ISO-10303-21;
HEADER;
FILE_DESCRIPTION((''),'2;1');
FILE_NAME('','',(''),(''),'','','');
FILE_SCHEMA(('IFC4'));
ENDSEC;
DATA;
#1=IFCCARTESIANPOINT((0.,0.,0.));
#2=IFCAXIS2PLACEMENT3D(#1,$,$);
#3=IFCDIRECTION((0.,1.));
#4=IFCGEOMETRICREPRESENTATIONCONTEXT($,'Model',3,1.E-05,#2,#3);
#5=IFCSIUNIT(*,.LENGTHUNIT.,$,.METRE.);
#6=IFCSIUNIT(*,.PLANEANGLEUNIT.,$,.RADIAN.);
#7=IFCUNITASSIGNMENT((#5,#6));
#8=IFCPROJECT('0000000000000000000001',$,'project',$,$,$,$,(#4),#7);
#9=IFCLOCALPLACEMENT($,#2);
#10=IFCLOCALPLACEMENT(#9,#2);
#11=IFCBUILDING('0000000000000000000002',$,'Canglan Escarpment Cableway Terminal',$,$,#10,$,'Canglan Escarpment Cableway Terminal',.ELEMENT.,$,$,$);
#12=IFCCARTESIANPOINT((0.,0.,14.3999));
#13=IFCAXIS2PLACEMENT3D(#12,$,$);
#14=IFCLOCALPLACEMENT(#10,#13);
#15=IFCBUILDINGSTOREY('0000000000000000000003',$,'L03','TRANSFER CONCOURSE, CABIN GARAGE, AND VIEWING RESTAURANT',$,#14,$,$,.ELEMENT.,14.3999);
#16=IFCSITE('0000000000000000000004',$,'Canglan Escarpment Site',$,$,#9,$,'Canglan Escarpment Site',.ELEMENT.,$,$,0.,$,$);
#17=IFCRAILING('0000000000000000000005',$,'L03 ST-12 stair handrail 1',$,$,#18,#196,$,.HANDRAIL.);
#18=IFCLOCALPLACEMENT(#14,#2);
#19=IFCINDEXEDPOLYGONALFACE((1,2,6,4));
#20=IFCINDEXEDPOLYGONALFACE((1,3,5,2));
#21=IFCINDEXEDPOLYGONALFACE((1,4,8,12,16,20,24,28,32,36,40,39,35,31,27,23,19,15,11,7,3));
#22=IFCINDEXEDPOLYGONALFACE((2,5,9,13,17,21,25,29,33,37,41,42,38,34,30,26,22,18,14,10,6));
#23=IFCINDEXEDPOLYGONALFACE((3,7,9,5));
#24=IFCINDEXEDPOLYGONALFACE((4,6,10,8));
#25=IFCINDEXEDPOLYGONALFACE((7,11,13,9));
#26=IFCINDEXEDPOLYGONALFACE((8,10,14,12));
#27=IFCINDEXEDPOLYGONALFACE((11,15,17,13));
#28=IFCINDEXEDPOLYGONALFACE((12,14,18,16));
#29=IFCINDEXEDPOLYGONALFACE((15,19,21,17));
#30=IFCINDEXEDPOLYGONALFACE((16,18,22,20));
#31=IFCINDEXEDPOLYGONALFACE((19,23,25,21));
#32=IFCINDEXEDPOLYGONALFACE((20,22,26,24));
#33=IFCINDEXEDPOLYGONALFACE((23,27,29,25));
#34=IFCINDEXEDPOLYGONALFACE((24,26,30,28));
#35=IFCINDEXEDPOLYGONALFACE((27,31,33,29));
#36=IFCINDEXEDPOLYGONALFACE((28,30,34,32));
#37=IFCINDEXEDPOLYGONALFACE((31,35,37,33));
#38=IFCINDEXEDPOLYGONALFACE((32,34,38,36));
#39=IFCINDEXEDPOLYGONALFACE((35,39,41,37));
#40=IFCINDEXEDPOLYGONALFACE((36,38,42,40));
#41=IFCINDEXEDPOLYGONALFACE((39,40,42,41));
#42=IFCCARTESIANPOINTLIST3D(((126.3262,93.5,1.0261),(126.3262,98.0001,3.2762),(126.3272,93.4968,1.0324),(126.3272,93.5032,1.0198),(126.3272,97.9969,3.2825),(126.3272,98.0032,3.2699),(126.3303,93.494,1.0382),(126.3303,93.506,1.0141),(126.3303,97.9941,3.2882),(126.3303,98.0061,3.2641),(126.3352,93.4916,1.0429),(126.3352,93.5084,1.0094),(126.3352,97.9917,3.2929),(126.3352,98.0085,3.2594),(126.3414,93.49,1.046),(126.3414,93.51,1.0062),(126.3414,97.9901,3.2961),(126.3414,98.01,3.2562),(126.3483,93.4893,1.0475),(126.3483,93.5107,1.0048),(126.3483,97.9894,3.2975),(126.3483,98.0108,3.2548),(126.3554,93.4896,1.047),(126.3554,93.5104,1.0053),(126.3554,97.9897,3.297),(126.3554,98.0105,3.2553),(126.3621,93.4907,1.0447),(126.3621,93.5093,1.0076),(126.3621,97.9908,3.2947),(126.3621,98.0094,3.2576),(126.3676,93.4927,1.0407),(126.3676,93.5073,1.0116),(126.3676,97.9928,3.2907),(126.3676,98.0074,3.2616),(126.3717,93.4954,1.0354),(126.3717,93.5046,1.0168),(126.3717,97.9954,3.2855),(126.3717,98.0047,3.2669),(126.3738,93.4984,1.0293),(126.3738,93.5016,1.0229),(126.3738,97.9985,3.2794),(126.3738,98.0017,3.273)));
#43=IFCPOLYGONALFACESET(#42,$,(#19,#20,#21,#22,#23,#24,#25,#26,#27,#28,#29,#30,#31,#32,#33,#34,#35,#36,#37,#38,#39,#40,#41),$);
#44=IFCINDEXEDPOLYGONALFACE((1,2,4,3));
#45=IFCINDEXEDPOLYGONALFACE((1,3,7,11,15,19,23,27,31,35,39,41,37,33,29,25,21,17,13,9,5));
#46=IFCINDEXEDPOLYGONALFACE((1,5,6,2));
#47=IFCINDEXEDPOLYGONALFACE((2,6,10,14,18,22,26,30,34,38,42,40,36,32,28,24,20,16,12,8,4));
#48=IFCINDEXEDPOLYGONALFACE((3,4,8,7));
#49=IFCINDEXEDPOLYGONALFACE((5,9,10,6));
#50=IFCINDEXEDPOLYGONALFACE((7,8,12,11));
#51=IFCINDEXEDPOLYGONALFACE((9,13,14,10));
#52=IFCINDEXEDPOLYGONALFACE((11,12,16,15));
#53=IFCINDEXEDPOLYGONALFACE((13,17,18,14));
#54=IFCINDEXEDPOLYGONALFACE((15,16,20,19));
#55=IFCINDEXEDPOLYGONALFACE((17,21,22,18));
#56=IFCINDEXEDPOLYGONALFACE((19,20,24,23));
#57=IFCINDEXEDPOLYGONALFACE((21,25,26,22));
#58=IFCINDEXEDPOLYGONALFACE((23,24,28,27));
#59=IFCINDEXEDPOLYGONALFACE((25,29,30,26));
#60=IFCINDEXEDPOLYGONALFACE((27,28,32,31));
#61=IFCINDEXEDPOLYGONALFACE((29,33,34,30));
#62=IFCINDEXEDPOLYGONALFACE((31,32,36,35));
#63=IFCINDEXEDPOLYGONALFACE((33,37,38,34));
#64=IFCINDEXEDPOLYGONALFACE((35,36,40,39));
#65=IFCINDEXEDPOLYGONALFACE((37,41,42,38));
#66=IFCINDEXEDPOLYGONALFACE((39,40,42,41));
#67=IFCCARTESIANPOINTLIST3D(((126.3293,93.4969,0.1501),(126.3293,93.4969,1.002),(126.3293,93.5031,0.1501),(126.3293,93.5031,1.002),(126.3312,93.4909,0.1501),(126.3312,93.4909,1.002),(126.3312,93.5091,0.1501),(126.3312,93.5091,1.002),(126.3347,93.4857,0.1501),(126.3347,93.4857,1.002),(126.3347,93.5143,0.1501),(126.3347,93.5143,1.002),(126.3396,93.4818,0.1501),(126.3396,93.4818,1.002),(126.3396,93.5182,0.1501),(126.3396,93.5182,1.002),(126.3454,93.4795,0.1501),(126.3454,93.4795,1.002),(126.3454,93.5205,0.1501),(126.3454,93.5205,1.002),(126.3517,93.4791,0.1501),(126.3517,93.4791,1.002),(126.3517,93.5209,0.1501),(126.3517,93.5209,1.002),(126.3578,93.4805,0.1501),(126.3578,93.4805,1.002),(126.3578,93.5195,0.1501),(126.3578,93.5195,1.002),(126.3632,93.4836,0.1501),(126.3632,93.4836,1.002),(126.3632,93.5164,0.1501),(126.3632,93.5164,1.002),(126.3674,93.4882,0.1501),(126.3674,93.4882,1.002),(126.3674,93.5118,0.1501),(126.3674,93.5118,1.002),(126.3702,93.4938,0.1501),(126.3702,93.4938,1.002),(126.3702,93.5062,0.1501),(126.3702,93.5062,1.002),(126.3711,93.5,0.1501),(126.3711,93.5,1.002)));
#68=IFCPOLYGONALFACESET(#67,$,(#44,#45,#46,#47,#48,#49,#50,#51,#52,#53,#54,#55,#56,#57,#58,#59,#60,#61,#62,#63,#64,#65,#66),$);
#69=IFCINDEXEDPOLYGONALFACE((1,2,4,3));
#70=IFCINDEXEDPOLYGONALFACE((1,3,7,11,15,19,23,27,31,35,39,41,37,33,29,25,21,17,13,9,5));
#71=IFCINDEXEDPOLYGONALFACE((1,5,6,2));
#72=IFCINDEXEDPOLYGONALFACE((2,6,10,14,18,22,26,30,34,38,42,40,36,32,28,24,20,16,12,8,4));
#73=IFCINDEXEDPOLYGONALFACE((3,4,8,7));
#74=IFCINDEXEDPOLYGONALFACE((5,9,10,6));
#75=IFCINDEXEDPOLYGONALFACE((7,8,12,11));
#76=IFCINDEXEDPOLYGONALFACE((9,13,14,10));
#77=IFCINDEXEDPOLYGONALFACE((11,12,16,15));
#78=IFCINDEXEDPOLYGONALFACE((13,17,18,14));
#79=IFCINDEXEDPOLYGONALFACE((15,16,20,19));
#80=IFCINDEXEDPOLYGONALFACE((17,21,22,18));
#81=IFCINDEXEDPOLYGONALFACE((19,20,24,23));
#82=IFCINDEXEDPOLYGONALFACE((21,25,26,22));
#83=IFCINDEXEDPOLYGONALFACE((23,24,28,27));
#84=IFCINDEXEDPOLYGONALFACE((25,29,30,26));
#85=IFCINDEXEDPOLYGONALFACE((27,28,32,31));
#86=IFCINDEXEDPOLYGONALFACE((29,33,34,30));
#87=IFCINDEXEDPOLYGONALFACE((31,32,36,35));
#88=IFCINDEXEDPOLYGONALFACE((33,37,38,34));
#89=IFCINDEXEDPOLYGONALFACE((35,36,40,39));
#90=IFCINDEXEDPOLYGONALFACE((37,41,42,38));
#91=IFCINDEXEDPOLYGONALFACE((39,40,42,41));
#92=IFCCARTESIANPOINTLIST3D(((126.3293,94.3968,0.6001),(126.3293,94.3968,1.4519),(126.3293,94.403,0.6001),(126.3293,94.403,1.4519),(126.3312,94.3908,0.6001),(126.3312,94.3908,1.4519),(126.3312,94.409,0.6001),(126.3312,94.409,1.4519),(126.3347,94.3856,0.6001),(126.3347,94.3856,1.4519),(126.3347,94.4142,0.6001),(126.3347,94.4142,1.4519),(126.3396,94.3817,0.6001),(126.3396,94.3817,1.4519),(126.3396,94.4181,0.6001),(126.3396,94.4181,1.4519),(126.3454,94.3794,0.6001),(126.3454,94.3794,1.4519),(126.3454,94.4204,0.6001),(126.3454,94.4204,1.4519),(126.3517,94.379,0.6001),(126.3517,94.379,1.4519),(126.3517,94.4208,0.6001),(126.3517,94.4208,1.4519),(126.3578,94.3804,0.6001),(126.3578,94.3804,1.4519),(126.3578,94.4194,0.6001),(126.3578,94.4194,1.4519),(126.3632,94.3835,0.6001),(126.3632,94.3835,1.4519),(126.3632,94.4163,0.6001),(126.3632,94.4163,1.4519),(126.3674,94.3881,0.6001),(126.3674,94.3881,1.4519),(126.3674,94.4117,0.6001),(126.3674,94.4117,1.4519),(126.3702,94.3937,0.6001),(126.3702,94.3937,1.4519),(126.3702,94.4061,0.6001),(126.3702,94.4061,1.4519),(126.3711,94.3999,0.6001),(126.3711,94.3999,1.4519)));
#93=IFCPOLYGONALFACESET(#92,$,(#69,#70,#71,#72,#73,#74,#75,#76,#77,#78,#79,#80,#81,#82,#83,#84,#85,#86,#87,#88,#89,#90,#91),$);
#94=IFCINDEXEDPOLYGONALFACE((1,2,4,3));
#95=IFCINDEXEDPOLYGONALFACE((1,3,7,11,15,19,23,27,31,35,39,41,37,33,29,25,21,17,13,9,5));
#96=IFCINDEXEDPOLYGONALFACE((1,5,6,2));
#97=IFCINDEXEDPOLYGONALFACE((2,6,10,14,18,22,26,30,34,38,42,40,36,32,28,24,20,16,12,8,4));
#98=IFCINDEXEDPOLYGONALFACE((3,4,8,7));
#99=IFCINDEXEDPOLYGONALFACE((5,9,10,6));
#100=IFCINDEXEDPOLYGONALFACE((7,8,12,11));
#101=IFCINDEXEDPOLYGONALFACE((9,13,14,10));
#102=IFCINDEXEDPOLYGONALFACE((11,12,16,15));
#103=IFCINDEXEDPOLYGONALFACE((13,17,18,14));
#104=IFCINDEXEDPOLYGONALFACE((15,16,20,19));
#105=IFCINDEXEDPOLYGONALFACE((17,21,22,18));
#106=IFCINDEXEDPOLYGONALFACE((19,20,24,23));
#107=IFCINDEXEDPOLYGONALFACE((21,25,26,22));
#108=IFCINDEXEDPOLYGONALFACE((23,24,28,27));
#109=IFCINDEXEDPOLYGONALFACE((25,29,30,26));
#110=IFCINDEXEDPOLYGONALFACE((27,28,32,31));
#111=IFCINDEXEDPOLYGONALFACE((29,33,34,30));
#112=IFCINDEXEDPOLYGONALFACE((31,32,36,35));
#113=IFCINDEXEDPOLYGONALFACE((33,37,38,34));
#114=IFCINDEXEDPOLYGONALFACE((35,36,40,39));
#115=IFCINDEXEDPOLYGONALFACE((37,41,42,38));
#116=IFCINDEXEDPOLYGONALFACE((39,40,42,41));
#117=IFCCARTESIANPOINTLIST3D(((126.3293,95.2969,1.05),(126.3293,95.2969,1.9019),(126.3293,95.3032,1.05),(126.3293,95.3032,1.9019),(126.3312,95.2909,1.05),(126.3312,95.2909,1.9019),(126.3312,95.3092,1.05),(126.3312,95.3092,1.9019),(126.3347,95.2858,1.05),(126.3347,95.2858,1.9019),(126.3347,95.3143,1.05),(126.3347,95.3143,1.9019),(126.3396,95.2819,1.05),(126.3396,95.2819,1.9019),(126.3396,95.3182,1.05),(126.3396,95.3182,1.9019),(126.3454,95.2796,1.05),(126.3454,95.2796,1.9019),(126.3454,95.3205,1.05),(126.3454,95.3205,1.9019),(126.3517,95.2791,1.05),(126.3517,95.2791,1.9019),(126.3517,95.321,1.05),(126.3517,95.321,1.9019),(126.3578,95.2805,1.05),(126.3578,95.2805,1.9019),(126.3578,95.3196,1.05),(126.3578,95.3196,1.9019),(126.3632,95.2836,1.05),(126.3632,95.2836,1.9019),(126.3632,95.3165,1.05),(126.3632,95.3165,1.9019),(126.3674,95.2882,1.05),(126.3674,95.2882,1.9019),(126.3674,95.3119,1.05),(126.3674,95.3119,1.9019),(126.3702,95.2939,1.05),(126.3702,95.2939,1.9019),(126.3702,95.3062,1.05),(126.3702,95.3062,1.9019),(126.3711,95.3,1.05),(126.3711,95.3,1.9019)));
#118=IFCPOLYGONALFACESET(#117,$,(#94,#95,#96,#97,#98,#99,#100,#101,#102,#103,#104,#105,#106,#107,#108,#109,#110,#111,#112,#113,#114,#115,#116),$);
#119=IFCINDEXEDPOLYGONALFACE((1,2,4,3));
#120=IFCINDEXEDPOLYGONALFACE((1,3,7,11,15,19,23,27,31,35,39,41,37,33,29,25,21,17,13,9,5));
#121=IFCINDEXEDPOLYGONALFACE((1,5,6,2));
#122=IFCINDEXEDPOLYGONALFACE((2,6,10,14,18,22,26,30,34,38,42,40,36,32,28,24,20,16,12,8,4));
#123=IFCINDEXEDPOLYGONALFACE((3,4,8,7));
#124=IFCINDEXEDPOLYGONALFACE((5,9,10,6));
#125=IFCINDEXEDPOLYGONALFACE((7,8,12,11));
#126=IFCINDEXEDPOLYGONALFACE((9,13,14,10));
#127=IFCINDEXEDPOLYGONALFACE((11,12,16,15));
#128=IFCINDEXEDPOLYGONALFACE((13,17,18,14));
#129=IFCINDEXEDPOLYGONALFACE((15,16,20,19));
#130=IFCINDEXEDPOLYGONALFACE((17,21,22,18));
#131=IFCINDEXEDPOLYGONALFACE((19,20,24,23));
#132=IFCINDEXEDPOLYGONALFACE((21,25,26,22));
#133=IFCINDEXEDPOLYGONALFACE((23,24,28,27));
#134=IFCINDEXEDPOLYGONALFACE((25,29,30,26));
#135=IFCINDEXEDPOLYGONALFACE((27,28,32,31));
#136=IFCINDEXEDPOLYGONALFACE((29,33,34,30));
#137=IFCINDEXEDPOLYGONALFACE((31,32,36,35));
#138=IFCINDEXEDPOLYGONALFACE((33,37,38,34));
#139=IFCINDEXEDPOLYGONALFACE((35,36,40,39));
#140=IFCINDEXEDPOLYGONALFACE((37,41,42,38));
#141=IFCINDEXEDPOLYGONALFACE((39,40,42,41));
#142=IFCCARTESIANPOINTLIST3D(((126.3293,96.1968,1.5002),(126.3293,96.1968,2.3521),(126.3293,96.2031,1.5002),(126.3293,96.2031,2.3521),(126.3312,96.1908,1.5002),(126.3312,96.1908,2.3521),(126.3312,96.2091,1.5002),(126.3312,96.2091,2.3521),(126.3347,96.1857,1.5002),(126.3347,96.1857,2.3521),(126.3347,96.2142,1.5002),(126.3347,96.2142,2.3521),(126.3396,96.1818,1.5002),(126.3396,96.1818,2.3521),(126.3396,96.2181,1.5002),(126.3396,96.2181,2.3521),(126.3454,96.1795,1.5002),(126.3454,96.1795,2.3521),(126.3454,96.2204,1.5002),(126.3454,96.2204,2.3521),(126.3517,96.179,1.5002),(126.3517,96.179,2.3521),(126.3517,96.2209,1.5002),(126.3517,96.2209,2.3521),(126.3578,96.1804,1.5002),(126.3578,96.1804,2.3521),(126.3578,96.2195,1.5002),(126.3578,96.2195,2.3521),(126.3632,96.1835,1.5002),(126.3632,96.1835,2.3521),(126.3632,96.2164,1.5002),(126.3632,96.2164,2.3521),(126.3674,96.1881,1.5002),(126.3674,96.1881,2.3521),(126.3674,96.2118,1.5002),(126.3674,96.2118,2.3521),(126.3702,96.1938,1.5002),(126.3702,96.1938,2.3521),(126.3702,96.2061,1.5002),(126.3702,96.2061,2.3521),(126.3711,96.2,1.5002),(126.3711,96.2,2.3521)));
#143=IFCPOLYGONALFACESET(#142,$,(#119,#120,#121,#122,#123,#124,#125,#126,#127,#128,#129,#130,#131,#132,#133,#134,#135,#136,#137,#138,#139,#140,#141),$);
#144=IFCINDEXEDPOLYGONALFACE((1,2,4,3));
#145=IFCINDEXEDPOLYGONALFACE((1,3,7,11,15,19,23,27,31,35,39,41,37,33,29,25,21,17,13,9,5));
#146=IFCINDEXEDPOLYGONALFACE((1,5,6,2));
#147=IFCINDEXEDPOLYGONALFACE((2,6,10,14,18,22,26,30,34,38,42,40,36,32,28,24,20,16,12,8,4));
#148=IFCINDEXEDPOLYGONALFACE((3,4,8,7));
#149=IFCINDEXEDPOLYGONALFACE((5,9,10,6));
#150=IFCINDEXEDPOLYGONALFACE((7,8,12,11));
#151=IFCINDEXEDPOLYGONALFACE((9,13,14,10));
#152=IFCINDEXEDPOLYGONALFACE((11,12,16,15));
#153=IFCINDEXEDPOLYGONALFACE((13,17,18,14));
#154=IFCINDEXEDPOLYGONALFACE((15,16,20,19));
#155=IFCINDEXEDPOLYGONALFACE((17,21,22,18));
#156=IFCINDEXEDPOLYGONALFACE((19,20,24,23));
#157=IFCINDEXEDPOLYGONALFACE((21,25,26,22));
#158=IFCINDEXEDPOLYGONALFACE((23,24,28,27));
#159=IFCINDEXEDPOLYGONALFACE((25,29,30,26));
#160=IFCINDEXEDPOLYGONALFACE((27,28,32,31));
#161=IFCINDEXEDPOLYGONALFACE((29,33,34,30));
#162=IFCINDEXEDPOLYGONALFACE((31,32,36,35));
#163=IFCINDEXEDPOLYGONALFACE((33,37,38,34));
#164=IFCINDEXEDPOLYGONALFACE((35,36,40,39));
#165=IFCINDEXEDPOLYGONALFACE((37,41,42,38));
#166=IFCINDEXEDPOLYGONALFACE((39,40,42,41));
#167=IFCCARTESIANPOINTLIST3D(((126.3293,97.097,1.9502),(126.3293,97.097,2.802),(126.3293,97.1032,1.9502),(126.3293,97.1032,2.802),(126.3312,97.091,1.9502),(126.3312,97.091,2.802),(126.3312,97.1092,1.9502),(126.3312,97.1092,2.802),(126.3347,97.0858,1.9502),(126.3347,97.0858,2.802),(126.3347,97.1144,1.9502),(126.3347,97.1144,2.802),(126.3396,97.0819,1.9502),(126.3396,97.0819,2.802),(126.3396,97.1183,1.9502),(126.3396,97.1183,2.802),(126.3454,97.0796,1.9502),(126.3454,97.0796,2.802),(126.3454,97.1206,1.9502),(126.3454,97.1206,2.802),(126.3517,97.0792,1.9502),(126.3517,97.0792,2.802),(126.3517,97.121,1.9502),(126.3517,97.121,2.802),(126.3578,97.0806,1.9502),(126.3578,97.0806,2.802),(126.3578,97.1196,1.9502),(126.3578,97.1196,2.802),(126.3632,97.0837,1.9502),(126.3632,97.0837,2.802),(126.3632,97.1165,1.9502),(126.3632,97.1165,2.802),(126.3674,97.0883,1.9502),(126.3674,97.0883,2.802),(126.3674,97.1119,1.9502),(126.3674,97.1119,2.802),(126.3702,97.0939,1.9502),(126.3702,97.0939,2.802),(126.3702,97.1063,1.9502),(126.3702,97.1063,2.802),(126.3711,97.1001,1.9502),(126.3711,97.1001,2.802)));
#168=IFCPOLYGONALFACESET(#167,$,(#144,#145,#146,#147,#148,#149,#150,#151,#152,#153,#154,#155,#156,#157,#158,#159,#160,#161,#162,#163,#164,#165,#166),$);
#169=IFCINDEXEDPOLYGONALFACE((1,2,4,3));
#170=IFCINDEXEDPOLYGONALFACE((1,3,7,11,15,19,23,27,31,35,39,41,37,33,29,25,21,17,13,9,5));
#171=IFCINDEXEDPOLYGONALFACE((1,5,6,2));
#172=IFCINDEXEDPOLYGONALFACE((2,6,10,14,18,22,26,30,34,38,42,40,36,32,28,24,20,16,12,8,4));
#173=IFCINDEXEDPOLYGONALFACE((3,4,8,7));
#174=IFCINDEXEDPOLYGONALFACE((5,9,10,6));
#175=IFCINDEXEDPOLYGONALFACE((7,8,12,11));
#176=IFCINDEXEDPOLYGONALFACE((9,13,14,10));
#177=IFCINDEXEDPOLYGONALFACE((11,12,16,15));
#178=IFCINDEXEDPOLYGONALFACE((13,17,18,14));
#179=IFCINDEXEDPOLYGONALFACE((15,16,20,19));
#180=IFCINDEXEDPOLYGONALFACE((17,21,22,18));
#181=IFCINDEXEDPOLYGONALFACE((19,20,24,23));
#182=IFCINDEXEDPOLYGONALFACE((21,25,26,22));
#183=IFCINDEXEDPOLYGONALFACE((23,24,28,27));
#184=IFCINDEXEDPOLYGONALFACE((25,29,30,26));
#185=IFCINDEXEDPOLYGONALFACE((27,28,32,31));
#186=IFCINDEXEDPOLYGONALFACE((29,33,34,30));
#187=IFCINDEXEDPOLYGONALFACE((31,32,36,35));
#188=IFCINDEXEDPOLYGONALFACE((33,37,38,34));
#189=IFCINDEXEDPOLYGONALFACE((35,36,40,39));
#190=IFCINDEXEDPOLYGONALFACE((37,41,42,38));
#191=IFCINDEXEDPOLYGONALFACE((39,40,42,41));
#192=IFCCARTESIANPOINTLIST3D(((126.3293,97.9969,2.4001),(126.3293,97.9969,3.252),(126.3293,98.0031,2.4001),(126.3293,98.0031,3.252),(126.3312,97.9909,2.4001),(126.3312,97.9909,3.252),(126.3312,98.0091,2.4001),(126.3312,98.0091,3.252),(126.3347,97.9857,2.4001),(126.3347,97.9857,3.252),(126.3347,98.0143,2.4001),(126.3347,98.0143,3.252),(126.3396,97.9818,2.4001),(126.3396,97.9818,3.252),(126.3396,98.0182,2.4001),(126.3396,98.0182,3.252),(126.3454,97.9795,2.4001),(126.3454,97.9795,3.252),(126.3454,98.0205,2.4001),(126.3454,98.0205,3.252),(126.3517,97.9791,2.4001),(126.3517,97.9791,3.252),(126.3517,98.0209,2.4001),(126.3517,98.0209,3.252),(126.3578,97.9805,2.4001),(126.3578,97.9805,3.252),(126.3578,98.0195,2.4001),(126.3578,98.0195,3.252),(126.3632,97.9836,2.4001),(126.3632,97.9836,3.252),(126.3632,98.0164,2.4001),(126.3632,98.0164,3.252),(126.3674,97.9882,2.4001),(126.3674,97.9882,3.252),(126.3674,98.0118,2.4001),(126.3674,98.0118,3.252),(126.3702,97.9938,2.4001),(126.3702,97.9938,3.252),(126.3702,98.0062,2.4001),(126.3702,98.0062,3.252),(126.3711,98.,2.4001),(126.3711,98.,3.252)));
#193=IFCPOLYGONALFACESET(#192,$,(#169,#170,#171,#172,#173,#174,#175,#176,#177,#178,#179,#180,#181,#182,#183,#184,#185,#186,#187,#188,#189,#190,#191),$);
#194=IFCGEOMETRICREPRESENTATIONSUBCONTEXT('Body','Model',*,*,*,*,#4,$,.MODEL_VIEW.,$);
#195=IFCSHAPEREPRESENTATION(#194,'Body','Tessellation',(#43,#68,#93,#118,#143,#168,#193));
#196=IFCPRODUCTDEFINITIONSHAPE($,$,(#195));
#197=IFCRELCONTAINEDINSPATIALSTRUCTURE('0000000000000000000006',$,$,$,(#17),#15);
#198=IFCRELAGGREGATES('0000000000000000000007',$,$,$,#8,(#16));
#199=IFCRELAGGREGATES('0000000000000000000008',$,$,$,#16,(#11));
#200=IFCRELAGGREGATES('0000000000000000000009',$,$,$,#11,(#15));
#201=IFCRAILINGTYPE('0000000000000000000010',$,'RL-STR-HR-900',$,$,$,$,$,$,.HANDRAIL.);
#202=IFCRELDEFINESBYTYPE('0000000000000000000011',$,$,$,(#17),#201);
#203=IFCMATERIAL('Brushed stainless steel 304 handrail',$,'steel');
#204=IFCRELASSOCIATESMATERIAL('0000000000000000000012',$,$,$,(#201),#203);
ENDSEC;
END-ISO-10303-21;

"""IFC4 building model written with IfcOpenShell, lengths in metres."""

from ifc_helpers import new_model, si_unit, direction, frame, origin, origin_2d, place, context, subcontext, project, spatial, circle, extrude, material, type_object, element, save


model = new_model("IFC4")

# Units and contexts
model_context = context("Model", 3, precision=1e-05, world=origin(), true_north=direction((0.0, 1.0)))
body_context = subcontext(model_context, "Body", "Model", "MODEL_VIEW")
ifc_project = project(units=[si_unit("LENGTHUNIT", "METRE"), si_unit("PLANEANGLEUNIT", "RADIAN")], contexts=[model_context])

# Site, building, storey
site_placement = place(None, origin())
site = spatial("IfcSite", under=ifc_project, at=site_placement, Name="Canglan Escarpment Site", LongName="Canglan Escarpment Site", CompositionType="ELEMENT", RefElevation=0.0)
building_placement = place(site_placement, origin())
building = spatial("IfcBuilding", under=site, at=building_placement, Name="Canglan Escarpment Cableway Terminal", LongName="Canglan Escarpment Cableway Terminal", CompositionType="ELEMENT")
storey_placement = place(building_placement, frame((0.0, 0.0, 14.3999)))
storey = spatial("IfcBuildingStorey", under=building, at=storey_placement, Name="L03", Description="TRANSFER CONCOURSE, CABIN GARAGE, AND VIEWING RESTAURANT", CompositionType="ELEMENT", Elevation=14.3999)

# Railing
ifc_material_1 = material(Name="Brushed stainless steel 304 handrail", Category="steel")
railing_type_1 = type_object("IfcRailingType", Name="RL-STR-HR-900", PredefinedType="HANDRAIL", material=ifc_material_1)
railing_1_placement = place(storey_placement, frame((126.3501, 93.5, 0.1501)))
element("IfcRailing", 1, at=railing_1_placement, inside=storey, type_object=railing_type_1, Name="L03 ST-12 stair handrail 1", PredefinedType="HANDRAIL", context=body_context, shape_type="SweptSolid", body=[
    extrude(circle(Radius=0.0239, at=origin_2d()), frame((0.0, 0.0, 0.876), z_axis=(0.0, 0.894427, 0.447214), x_axis=(-1.0, 0.0, 0.0)), (0.0, 0.0, 1.0), 5.0312),
    extrude(circle(Radius=0.021, at=origin_2d()), origin(), (0.0, 0.0, 1.0), 0.8518),
    extrude(circle(Radius=0.021, at=origin_2d()), frame((0.0, 0.8999, 0.45)), (0.0, 0.0, 1.0), 0.8518),
    extrude(circle(Radius=0.021, at=origin_2d()), frame((0.0, 1.8, 0.8999)), (0.0, 0.0, 1.0), 0.8518),
    extrude(circle(Radius=0.021, at=origin_2d()), frame((0.0, 2.7, 1.3501)), (0.0, 0.0, 1.0), 0.8518),
    extrude(circle(Radius=0.021, at=origin_2d()), frame((0.0, 3.6001, 1.8)), (0.0, 0.0, 1.0), 0.8518),
    extrude(circle(Radius=0.021, at=origin_2d()), frame((0.0, 4.5, 2.25)), (0.0, 0.0, 1.0), 0.8518),
])

save(model, "model.ifc")
